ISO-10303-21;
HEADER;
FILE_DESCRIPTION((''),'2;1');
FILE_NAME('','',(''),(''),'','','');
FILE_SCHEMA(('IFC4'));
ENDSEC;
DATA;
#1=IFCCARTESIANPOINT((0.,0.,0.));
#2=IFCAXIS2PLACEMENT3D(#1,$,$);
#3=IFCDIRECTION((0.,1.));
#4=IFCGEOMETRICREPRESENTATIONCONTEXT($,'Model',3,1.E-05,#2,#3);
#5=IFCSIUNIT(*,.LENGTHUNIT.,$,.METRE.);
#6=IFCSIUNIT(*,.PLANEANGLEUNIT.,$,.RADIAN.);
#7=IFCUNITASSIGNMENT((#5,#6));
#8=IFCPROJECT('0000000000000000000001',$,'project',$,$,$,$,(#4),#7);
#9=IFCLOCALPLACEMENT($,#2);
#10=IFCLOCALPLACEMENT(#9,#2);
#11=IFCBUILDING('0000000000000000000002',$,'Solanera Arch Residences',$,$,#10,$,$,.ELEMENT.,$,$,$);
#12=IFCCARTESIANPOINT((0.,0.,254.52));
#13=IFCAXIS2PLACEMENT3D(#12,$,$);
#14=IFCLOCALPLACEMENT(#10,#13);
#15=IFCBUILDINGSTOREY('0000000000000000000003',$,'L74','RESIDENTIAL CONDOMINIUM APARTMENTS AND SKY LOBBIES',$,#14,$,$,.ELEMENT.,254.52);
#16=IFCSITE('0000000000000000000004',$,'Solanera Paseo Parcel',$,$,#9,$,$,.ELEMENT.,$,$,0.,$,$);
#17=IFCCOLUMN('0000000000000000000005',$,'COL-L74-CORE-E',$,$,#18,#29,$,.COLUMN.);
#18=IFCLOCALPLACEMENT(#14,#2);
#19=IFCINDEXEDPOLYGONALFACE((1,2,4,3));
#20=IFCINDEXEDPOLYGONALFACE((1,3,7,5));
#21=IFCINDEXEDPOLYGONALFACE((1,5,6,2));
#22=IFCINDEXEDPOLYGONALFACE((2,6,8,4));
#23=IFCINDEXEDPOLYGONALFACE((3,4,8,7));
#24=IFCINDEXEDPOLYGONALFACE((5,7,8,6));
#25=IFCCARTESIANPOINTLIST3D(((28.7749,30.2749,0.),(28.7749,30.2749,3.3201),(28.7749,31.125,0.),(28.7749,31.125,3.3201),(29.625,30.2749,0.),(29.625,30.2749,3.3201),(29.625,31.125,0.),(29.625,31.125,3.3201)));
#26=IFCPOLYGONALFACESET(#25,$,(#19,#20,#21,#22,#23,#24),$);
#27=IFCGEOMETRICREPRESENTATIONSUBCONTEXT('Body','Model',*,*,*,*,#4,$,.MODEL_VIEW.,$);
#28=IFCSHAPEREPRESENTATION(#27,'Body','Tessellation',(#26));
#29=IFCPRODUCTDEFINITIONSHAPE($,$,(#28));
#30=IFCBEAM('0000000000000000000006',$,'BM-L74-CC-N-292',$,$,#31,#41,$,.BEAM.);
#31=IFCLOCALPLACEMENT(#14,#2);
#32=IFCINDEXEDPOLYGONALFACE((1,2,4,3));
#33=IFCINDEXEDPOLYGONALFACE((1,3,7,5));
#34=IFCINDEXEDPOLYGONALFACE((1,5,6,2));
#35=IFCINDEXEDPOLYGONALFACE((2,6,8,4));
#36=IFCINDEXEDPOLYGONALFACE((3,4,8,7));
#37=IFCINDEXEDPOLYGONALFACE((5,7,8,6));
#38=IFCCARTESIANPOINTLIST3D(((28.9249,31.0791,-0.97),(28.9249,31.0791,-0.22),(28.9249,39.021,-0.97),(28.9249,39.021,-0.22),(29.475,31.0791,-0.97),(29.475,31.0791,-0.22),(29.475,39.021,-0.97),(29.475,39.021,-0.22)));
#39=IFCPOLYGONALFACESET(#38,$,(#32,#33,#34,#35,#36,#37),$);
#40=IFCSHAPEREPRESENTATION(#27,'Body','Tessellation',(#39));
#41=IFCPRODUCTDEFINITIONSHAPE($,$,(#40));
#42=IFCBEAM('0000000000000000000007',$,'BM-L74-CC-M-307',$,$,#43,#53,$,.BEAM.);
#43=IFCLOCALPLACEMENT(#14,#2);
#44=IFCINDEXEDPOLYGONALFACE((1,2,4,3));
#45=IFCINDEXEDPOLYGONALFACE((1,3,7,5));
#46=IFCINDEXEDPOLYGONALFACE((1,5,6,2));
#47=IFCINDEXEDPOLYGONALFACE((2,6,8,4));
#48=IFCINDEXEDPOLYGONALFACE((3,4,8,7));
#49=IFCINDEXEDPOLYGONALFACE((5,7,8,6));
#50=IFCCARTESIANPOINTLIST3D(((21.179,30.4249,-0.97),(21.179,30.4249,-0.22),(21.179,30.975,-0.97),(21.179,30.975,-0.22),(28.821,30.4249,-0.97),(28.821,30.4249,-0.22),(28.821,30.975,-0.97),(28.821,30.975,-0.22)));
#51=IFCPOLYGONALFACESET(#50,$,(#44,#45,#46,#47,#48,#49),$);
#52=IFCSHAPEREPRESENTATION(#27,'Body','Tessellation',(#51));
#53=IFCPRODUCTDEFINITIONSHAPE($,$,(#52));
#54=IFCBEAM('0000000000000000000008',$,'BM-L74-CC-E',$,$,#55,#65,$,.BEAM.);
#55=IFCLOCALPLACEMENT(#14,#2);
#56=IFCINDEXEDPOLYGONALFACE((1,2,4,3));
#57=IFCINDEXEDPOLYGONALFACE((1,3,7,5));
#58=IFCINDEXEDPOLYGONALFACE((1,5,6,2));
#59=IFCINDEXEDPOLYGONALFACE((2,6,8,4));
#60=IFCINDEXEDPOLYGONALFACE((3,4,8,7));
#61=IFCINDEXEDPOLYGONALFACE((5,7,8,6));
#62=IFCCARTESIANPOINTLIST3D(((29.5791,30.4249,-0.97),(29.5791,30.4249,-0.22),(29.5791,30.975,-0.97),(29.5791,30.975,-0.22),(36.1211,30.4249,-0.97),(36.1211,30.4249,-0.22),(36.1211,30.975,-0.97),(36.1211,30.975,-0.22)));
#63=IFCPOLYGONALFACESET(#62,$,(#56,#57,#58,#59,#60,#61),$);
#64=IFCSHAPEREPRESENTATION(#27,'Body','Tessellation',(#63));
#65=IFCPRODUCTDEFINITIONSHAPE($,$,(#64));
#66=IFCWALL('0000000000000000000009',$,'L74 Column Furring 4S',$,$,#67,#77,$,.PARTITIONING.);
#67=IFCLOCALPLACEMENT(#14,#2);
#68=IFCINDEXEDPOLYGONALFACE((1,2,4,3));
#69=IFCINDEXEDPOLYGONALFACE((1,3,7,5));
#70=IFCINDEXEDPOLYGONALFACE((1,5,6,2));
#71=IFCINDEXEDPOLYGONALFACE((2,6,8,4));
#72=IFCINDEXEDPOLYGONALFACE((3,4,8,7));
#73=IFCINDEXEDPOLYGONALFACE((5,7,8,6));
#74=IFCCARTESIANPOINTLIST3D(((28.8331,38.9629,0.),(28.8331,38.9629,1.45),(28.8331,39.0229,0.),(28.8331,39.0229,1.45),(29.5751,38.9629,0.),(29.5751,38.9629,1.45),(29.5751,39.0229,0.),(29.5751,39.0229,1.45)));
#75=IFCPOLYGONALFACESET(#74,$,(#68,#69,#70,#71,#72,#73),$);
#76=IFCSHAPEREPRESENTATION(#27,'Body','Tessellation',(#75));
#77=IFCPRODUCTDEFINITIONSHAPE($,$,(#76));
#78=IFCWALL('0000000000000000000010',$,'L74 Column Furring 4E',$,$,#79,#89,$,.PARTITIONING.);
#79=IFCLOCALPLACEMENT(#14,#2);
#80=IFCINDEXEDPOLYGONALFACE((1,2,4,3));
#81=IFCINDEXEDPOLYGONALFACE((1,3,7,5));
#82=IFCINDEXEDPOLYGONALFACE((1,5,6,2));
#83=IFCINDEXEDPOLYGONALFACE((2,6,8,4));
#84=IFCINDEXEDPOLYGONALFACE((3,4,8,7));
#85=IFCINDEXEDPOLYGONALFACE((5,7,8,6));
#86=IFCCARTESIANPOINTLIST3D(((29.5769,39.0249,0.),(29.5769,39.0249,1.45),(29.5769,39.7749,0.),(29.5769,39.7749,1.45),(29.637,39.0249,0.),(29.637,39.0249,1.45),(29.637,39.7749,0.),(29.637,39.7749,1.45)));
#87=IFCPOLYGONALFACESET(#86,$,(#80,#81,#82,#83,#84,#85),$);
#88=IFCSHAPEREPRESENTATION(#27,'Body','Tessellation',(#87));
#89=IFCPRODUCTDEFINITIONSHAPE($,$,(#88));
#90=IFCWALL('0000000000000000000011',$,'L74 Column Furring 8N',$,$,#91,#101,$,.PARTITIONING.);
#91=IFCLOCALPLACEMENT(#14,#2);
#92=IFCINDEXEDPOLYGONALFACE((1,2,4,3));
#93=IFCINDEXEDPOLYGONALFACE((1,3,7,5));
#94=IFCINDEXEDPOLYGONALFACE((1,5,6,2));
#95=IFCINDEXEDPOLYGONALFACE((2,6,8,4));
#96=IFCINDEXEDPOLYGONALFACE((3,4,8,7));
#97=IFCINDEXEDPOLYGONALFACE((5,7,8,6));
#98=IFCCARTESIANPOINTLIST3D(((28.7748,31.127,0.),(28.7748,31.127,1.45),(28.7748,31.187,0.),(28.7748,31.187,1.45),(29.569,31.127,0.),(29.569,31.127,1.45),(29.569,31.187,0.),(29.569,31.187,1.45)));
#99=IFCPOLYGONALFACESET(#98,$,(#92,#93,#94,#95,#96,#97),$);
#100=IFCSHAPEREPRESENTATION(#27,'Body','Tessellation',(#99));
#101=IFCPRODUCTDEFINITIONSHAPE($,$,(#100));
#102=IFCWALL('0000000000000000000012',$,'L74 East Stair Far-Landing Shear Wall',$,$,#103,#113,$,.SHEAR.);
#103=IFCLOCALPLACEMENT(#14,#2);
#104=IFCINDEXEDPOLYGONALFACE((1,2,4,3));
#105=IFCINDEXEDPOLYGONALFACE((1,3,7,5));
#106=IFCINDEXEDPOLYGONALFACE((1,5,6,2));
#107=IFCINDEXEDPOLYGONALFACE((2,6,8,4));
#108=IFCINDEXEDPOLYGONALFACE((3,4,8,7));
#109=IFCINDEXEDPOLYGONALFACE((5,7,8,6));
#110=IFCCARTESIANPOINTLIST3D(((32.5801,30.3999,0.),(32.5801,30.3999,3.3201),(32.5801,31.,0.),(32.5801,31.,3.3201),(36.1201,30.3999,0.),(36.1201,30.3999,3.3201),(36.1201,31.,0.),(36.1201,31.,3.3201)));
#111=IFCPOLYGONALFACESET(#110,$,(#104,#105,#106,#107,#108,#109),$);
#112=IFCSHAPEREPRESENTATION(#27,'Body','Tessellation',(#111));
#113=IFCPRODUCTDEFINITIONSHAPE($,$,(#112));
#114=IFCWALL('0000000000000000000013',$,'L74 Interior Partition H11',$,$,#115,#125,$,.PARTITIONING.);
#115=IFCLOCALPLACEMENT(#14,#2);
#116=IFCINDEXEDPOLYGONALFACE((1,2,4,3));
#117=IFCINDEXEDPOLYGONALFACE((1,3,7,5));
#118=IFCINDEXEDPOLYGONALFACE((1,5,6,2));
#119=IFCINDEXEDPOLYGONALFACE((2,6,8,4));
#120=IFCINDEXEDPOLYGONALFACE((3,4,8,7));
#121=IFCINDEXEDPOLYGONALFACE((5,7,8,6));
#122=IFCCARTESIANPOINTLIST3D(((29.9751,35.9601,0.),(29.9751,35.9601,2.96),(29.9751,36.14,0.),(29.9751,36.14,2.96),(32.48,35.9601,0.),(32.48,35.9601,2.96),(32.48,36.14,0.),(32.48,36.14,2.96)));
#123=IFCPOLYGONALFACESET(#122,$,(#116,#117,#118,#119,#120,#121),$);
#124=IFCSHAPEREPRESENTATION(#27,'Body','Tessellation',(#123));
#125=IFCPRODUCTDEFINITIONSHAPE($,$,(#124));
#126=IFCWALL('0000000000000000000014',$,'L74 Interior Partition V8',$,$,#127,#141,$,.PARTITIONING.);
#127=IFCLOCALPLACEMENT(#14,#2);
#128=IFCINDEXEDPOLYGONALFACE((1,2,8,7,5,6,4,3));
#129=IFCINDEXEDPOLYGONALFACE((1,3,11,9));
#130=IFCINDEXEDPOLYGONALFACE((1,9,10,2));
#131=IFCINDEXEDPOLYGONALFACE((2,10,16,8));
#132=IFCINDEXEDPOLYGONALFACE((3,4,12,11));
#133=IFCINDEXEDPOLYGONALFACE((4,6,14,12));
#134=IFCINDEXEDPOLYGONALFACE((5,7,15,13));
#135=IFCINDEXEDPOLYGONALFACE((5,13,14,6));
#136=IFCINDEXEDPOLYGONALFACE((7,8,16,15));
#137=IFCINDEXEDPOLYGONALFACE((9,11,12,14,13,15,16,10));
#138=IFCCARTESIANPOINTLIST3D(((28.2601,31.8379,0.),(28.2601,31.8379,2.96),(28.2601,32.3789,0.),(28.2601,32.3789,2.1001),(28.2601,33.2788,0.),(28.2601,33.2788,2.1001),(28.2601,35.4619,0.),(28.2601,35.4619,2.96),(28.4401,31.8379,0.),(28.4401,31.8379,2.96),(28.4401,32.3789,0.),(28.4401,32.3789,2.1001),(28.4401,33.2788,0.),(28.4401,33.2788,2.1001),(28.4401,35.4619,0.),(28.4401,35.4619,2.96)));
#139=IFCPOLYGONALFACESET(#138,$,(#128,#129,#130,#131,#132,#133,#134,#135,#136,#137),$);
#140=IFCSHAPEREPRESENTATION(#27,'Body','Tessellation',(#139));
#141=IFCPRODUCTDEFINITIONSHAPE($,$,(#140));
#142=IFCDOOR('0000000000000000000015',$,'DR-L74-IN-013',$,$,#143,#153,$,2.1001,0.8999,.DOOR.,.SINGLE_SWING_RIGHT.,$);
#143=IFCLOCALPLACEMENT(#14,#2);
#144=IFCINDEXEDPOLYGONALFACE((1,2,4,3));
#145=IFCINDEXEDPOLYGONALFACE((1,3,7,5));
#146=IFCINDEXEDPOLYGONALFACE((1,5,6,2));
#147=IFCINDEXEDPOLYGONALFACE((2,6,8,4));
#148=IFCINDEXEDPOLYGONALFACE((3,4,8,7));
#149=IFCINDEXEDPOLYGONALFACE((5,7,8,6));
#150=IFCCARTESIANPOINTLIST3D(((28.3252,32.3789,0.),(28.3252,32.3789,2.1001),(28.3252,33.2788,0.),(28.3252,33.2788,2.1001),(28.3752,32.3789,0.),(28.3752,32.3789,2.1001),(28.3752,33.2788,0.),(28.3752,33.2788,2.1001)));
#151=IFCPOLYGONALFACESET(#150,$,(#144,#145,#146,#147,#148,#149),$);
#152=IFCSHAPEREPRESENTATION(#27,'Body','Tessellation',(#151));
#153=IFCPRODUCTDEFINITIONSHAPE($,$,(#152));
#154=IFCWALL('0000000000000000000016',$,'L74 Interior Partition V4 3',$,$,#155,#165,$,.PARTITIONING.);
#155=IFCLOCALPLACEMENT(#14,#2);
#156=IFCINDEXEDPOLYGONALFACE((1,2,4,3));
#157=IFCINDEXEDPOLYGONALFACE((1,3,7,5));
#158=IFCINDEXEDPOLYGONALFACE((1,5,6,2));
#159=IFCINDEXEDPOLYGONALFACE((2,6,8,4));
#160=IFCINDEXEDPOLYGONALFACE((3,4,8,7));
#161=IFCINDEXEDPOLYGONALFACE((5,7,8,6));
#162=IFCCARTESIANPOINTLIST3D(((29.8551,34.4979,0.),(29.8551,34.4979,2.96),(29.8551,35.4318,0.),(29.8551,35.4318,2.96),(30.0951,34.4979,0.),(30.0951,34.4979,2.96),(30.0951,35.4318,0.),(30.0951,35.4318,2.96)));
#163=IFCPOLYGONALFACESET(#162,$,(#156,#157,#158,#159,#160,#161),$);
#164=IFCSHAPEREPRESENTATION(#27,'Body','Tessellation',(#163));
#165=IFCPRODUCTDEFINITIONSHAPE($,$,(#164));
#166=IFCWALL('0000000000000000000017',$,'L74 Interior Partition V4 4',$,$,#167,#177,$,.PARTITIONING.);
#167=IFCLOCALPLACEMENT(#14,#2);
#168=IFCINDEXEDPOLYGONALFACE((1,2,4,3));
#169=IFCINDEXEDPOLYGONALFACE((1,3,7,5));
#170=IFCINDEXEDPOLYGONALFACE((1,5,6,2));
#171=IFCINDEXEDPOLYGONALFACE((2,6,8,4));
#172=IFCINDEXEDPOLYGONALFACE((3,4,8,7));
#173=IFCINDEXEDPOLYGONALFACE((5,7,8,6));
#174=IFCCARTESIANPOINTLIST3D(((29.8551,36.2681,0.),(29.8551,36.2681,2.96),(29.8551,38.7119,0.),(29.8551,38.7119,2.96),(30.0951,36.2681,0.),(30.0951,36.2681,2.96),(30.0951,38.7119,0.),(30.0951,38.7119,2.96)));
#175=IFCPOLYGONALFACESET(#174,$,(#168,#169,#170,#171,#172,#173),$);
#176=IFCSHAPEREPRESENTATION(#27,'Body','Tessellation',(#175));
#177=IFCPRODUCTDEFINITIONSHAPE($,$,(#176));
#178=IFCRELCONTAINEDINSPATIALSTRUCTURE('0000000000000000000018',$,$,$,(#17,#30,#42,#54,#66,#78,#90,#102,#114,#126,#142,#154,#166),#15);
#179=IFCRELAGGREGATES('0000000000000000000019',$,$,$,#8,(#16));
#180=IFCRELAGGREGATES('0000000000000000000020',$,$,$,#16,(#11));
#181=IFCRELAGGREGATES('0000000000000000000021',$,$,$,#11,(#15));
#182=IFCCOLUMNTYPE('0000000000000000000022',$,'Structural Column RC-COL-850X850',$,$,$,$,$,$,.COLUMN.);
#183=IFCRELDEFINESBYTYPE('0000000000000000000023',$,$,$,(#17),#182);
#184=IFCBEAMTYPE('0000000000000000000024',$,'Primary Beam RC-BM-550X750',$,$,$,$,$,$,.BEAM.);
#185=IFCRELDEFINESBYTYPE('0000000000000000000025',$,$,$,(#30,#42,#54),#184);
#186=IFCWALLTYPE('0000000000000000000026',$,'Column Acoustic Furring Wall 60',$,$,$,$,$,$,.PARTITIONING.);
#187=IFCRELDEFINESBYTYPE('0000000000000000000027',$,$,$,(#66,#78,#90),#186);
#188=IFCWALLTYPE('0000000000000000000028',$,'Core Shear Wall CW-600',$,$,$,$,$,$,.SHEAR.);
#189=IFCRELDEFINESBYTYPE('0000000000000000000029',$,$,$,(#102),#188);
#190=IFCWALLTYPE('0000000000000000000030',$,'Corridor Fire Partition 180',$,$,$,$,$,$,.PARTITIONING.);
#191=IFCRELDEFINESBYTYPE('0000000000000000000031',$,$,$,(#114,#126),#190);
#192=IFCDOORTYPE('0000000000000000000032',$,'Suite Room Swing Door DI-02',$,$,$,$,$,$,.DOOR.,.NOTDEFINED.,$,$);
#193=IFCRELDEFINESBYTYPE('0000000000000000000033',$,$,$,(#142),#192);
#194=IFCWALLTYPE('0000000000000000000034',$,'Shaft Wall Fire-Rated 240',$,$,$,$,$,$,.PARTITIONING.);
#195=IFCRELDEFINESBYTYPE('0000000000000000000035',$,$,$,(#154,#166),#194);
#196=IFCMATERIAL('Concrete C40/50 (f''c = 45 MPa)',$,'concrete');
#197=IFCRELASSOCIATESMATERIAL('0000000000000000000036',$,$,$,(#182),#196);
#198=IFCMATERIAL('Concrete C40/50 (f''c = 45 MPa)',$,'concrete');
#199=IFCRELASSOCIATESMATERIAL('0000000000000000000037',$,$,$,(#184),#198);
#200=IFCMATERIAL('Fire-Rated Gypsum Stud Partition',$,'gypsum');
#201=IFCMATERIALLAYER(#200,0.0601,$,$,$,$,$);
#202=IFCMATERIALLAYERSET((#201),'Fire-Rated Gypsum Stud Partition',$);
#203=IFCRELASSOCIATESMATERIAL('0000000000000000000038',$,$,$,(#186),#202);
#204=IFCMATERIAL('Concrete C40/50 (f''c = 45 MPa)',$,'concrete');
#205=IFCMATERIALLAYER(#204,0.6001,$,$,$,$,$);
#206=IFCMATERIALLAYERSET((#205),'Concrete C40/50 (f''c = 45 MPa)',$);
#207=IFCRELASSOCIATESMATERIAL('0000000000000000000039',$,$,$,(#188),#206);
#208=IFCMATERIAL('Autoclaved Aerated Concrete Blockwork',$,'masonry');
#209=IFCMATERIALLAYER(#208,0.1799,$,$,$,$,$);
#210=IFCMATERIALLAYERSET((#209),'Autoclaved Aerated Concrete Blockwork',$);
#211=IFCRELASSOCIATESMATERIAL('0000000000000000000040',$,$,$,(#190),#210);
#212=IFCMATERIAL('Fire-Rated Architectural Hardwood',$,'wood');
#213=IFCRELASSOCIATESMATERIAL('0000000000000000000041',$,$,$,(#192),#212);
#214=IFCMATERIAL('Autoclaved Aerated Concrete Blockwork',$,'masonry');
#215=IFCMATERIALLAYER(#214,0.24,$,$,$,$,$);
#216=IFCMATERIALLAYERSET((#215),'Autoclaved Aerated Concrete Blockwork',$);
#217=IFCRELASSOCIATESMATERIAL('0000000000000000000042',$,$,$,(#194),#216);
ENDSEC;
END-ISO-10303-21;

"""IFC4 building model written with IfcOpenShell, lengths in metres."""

from ifc_helpers import new_model, si_unit, direction, frame, frame_2d, origin, origin_2d, place, context, subcontext, project, spatial, rectangle, extrude, material, layer, layer_set, material_profile, profile_set, type_object, element, fill, save


model = new_model("IFC4")

# Units and contexts
model_context = context("Model", 3, precision=1e-05, world=origin(), true_north=direction((0.0, 1.0)))
body_context = subcontext(model_context, "Body", "Model", "MODEL_VIEW")
ifc_project = project(units=[si_unit("LENGTHUNIT", "METRE"), si_unit("PLANEANGLEUNIT", "RADIAN")], contexts=[model_context])

# Site, building, storey
site_placement = place(None, origin())
site = spatial("IfcSite", under=ifc_project, at=site_placement, Name="Solanera Paseo Parcel", CompositionType="ELEMENT", RefElevation=0.0)
building_placement = place(site_placement, origin())
building = spatial("IfcBuilding", under=site, at=building_placement, Name="Solanera Arch Residences", CompositionType="ELEMENT")
storey_placement = place(building_placement, frame((0.0, 0.0, 254.52)))
storey = spatial("IfcBuildingStorey", under=building, at=storey_placement, Name="L74", Description="RESIDENTIAL CONDOMINIUM APARTMENTS AND SKY LOBBIES", CompositionType="ELEMENT", Elevation=254.52)

# Column
ifc_material_1 = material(Name="Concrete C40/50 (f'c = 45 MPa)", Category="concrete")
ifc_material_profile_1 = material_profile(ifc_material_1, rectangle(XDim=0.8501, YDim=0.8501, at=origin_2d()))
ifc_profile_set_1 = profile_set([ifc_material_profile_1], Name="Concrete C40/50 (f'c = 45 MPa)")
column_type = type_object("IfcColumnType", Name="Structural Column RC-COL-850X850", PredefinedType="COLUMN", material=ifc_profile_set_1)
column_placement = place(storey_placement, frame((29.2, 30.7, 0.0), z_axis=(0.0, 0.0, 1.0), x_axis=(1.0, 0.0, 0.0)))
element("IfcColumn", 1, at=column_placement, inside=storey, type_object=column_type, Name="COL-L74-CORE-E", PredefinedType="COLUMN", context=body_context, shape_type="SweptSolid", body=[
    extrude(rectangle(XDim=0.8501, YDim=0.8501, at=origin_2d()), origin(), (0.0, 0.0, 1.0), 3.3201),
])

# Beams
ifc_material_2 = material(Name="Concrete C40/50 (f'c = 45 MPa)", Category="concrete")
ifc_material_profile_2 = material_profile(ifc_material_2, rectangle(XDim=0.55, YDim=0.75, at=origin_2d()))
ifc_profile_set_2 = profile_set([ifc_material_profile_2], Name="Concrete C40/50 (f'c = 45 MPa)")
beam_type = type_object("IfcBeamType", Name="Primary Beam RC-BM-550X750", PredefinedType="BEAM", material=ifc_profile_set_2)
beam_1_placement = place(storey_placement, frame((29.2, 31.0791, -0.595), z_axis=(0.0, 1.0, 0.0), x_axis=(-1.0, 0.0, 0.0)))
element("IfcBeam", 2, at=beam_1_placement, inside=storey, type_object=beam_type, Name="BM-L74-CC-N-292", PredefinedType="BEAM", context=body_context, shape_type="SweptSolid", body=[
    extrude(rectangle(XDim=0.55, YDim=0.75, at=origin_2d()), origin(), (0.0, 0.0, 1.0), 7.9419),
])
beam_2_placement = place(storey_placement, frame((21.179, 30.7, -0.595), z_axis=(1.0, 0.0, 0.0), x_axis=(0.0, 1.0, 0.0)))
element("IfcBeam", 3, at=beam_2_placement, inside=storey, type_object=beam_type, Name="BM-L74-CC-M-307", PredefinedType="BEAM", context=body_context, shape_type="SweptSolid", body=[
    extrude(rectangle(XDim=0.55, YDim=0.75, at=origin_2d()), origin(), (0.0, 0.0, 1.0), 7.6421),
])
beam_3_placement = place(storey_placement, frame((29.5791, 30.7, -0.595), z_axis=(1.0, 0.0, 0.0), x_axis=(0.0, 1.0, 0.0)))
element("IfcBeam", 4, at=beam_3_placement, inside=storey, type_object=beam_type, Name="BM-L74-CC-E", PredefinedType="BEAM", context=body_context, shape_type="SweptSolid", body=[
    extrude(rectangle(XDim=0.55, YDim=0.75, at=origin_2d()), origin(), (0.0, 0.0, 1.0), 6.542),
])

# Walls
ifc_material_3 = material(Name="Fire-Rated Gypsum Stud Partition", Category="gypsum")
ifc_layer_1 = layer(ifc_material_3, 0.0601)
ifc_layer_set_1 = layer_set([ifc_layer_1], Name="Fire-Rated Gypsum Stud Partition")
wall_type_1 = type_object("IfcWallType", Name="Column Acoustic Furring Wall 60", PredefinedType="PARTITIONING", material=ifc_layer_set_1)
wall_1_placement = place(storey_placement, frame((28.833, 38.9929, 0.0), z_axis=(0.0, 0.0, 1.0), x_axis=(1.0, 0.0, 0.0)))
element("IfcWall", 5, at=wall_1_placement, inside=storey, type_object=wall_type_1, Name="L74 Column Furring 4S", PredefinedType="PARTITIONING", context=body_context, shape_type="SweptSolid", body=[
    extrude(rectangle(XDim=0.7419, YDim=0.0601, at=frame_2d((0.3711, 0.0))), origin(), (0.0, 0.0, 1.0), 1.45),
])
wall_2_placement = place(storey_placement, frame((29.6069, 39.0249, 0.0), z_axis=(0.0, 0.0, 1.0), x_axis=(0.0, 1.0, 0.0)))
element("IfcWall", 6, at=wall_2_placement, inside=storey, type_object=wall_type_1, Name="L74 Column Furring 4E", PredefinedType="PARTITIONING", context=body_context, shape_type="SweptSolid", body=[
    extrude(rectangle(XDim=0.75, YDim=0.0601, at=frame_2d((0.375, 0.0))), origin(), (0.0, 0.0, 1.0), 1.45),
])
wall_3_placement = place(storey_placement, frame((28.7749, 31.157, 0.0), z_axis=(0.0, 0.0, 1.0), x_axis=(1.0, 0.0, 0.0)))
element("IfcWall", 7, at=wall_3_placement, inside=storey, type_object=wall_type_1, Name="L74 Column Furring 8N", PredefinedType="PARTITIONING", context=body_context, shape_type="SweptSolid", body=[
    extrude(rectangle(XDim=0.7942, YDim=0.0601, at=frame_2d((0.397, 0.0))), origin(), (0.0, 0.0, 1.0), 1.45),
])

# Walls
ifc_material_4 = material(Name="Concrete C40/50 (f'c = 45 MPa)", Category="concrete")
ifc_layer_2 = layer(ifc_material_4, 0.6001)
ifc_layer_set_2 = layer_set([ifc_layer_2], Name="Concrete C40/50 (f'c = 45 MPa)")
wall_type_2 = type_object("IfcWallType", Name="Core Shear Wall CW-600", PredefinedType="SHEAR", material=ifc_layer_set_2)
wall_4_placement = place(storey_placement, frame((32.5801, 30.7, 0.0), z_axis=(0.0, 0.0, 1.0), x_axis=(1.0, 0.0, 0.0)))
element("IfcWall", 8, at=wall_4_placement, inside=storey, type_object=wall_type_2, Name="L74 East Stair Far-Landing Shear Wall", PredefinedType="SHEAR", context=body_context, shape_type="SweptSolid", body=[
    extrude(rectangle(XDim=3.54, YDim=0.6001, at=frame_2d((1.77, 0.0))), origin(), (0.0, 0.0, 1.0), 3.3201),
])
ifc_material_5 = material(Name="Autoclaved Aerated Concrete Blockwork", Category="masonry")
ifc_layer_3 = layer(ifc_material_5, 0.1799)
ifc_layer_set_3 = layer_set([ifc_layer_3], Name="Autoclaved Aerated Concrete Blockwork")
wall_type_3 = type_object("IfcWallType", Name="Corridor Fire Partition 180", PredefinedType="PARTITIONING", material=ifc_layer_set_3)
wall_5_placement = place(storey_placement, frame((29.9751, 36.05, 0.0), z_axis=(0.0, 0.0, 1.0), x_axis=(1.0, 0.0, 0.0)))
element("IfcWall", 9, at=wall_5_placement, inside=storey, type_object=wall_type_3, Name="L74 Interior Partition H11", PredefinedType="PARTITIONING", context=body_context, shape_type="SweptSolid", body=[
    extrude(rectangle(XDim=2.5049, YDim=0.1799, at=frame_2d((1.2524, 0.0))), origin(), (0.0, 0.0, 1.0), 2.96),
])

# Wall, opening, door
wall_6_placement = place(storey_placement, frame((28.3501, 31.8379, 0.0), z_axis=(0.0, 0.0, 1.0), x_axis=(0.0, 1.0, 0.0)))
wall_6 = element("IfcWall", 10, at=wall_6_placement, inside=storey, type_object=wall_type_3, Name="L74 Interior Partition V8", PredefinedType="PARTITIONING", context=body_context, shape_type="SweptSolid", body=[
    extrude(rectangle(XDim=3.624, YDim=0.1799, at=frame_2d((1.812, 0.0))), origin(), (0.0, 0.0, 1.0), 2.96),
])
opening_1_placement = place(wall_6_placement, frame((0.541, 0.0, 0.0)))
opening_1 = element("IfcOpeningElement", 11, at=opening_1_placement, cuts=wall_6, PredefinedType="OPENING", context=body_context, shape_type="SweptSolid", body=[
    extrude(rectangle(XDim=0.8999, YDim=2.1001, at=frame_2d((0.45, 1.05))), frame((0.0, 0.1001, 0.0), z_axis=(0.0, -1.0, 0.0), x_axis=(1.0, 0.0, 0.0)), (0.0, 0.0, 1.0), 0.1999),
])
ifc_material_6 = material(Name="Fire-Rated Architectural Hardwood", Category="wood")
door_type_1 = type_object("IfcDoorType", Name="Suite Room Swing Door DI-02", OperationType="NOTDEFINED", PredefinedType="DOOR", material=ifc_material_6)
door_1_placement = place(opening_1_placement, origin())
door_1 = element("IfcDoor", 12, at=door_1_placement, inside=storey, type_object=door_type_1, Name="DR-L74-IN-013", OperationType="SINGLE_SWING_RIGHT", OverallHeight=2.1001, OverallWidth=0.8999, PredefinedType="DOOR", context=body_context, shape_type="SweptSolid", body=[
    extrude(rectangle(XDim=0.8999, YDim=2.1001, at=frame_2d((0.45, 1.05))), frame((0.0, 0.0249, 0.0), z_axis=(0.0, -1.0, 0.0), x_axis=(1.0, 0.0, 0.0)), (0.0, 0.0, 1.0), 0.05),
])
fill(opening_1, door_1)
ifc_material_7 = material(Name="Autoclaved Aerated Concrete Blockwork", Category="masonry")
ifc_layer_4 = layer(ifc_material_7, 0.24)
ifc_layer_set_4 = layer_set([ifc_layer_4], Name="Autoclaved Aerated Concrete Blockwork")
wall_type_4 = type_object("IfcWallType", Name="Shaft Wall Fire-Rated 240", PredefinedType="PARTITIONING", material=ifc_layer_set_4)

# Walls
wall_7_placement = place(storey_placement, frame((29.9751, 34.498, 0.0), z_axis=(0.0, 0.0, 1.0), x_axis=(0.0, 1.0, 0.0)))
element("IfcWall", 13, at=wall_7_placement, inside=storey, type_object=wall_type_4, Name="L74 Interior Partition V4 3", PredefinedType="PARTITIONING", context=body_context, shape_type="SweptSolid", body=[
    extrude(rectangle(XDim=0.9338, YDim=0.24, at=frame_2d((0.4668, 0.0))), origin(), (0.0, 0.0, 1.0), 2.96),
])
wall_8_placement = place(storey_placement, frame((29.9751, 36.2681, 0.0), z_axis=(0.0, 0.0, 1.0), x_axis=(0.0, 1.0, 0.0)))
element("IfcWall", 14, at=wall_8_placement, inside=storey, type_object=wall_type_4, Name="L74 Interior Partition V4 4", PredefinedType="PARTITIONING", context=body_context, shape_type="SweptSolid", body=[
    extrude(rectangle(XDim=2.4438, YDim=0.24, at=frame_2d((1.2219, 0.0))), origin(), (0.0, 0.0, 1.0), 2.96),
])

save(model, "model.ifc")
